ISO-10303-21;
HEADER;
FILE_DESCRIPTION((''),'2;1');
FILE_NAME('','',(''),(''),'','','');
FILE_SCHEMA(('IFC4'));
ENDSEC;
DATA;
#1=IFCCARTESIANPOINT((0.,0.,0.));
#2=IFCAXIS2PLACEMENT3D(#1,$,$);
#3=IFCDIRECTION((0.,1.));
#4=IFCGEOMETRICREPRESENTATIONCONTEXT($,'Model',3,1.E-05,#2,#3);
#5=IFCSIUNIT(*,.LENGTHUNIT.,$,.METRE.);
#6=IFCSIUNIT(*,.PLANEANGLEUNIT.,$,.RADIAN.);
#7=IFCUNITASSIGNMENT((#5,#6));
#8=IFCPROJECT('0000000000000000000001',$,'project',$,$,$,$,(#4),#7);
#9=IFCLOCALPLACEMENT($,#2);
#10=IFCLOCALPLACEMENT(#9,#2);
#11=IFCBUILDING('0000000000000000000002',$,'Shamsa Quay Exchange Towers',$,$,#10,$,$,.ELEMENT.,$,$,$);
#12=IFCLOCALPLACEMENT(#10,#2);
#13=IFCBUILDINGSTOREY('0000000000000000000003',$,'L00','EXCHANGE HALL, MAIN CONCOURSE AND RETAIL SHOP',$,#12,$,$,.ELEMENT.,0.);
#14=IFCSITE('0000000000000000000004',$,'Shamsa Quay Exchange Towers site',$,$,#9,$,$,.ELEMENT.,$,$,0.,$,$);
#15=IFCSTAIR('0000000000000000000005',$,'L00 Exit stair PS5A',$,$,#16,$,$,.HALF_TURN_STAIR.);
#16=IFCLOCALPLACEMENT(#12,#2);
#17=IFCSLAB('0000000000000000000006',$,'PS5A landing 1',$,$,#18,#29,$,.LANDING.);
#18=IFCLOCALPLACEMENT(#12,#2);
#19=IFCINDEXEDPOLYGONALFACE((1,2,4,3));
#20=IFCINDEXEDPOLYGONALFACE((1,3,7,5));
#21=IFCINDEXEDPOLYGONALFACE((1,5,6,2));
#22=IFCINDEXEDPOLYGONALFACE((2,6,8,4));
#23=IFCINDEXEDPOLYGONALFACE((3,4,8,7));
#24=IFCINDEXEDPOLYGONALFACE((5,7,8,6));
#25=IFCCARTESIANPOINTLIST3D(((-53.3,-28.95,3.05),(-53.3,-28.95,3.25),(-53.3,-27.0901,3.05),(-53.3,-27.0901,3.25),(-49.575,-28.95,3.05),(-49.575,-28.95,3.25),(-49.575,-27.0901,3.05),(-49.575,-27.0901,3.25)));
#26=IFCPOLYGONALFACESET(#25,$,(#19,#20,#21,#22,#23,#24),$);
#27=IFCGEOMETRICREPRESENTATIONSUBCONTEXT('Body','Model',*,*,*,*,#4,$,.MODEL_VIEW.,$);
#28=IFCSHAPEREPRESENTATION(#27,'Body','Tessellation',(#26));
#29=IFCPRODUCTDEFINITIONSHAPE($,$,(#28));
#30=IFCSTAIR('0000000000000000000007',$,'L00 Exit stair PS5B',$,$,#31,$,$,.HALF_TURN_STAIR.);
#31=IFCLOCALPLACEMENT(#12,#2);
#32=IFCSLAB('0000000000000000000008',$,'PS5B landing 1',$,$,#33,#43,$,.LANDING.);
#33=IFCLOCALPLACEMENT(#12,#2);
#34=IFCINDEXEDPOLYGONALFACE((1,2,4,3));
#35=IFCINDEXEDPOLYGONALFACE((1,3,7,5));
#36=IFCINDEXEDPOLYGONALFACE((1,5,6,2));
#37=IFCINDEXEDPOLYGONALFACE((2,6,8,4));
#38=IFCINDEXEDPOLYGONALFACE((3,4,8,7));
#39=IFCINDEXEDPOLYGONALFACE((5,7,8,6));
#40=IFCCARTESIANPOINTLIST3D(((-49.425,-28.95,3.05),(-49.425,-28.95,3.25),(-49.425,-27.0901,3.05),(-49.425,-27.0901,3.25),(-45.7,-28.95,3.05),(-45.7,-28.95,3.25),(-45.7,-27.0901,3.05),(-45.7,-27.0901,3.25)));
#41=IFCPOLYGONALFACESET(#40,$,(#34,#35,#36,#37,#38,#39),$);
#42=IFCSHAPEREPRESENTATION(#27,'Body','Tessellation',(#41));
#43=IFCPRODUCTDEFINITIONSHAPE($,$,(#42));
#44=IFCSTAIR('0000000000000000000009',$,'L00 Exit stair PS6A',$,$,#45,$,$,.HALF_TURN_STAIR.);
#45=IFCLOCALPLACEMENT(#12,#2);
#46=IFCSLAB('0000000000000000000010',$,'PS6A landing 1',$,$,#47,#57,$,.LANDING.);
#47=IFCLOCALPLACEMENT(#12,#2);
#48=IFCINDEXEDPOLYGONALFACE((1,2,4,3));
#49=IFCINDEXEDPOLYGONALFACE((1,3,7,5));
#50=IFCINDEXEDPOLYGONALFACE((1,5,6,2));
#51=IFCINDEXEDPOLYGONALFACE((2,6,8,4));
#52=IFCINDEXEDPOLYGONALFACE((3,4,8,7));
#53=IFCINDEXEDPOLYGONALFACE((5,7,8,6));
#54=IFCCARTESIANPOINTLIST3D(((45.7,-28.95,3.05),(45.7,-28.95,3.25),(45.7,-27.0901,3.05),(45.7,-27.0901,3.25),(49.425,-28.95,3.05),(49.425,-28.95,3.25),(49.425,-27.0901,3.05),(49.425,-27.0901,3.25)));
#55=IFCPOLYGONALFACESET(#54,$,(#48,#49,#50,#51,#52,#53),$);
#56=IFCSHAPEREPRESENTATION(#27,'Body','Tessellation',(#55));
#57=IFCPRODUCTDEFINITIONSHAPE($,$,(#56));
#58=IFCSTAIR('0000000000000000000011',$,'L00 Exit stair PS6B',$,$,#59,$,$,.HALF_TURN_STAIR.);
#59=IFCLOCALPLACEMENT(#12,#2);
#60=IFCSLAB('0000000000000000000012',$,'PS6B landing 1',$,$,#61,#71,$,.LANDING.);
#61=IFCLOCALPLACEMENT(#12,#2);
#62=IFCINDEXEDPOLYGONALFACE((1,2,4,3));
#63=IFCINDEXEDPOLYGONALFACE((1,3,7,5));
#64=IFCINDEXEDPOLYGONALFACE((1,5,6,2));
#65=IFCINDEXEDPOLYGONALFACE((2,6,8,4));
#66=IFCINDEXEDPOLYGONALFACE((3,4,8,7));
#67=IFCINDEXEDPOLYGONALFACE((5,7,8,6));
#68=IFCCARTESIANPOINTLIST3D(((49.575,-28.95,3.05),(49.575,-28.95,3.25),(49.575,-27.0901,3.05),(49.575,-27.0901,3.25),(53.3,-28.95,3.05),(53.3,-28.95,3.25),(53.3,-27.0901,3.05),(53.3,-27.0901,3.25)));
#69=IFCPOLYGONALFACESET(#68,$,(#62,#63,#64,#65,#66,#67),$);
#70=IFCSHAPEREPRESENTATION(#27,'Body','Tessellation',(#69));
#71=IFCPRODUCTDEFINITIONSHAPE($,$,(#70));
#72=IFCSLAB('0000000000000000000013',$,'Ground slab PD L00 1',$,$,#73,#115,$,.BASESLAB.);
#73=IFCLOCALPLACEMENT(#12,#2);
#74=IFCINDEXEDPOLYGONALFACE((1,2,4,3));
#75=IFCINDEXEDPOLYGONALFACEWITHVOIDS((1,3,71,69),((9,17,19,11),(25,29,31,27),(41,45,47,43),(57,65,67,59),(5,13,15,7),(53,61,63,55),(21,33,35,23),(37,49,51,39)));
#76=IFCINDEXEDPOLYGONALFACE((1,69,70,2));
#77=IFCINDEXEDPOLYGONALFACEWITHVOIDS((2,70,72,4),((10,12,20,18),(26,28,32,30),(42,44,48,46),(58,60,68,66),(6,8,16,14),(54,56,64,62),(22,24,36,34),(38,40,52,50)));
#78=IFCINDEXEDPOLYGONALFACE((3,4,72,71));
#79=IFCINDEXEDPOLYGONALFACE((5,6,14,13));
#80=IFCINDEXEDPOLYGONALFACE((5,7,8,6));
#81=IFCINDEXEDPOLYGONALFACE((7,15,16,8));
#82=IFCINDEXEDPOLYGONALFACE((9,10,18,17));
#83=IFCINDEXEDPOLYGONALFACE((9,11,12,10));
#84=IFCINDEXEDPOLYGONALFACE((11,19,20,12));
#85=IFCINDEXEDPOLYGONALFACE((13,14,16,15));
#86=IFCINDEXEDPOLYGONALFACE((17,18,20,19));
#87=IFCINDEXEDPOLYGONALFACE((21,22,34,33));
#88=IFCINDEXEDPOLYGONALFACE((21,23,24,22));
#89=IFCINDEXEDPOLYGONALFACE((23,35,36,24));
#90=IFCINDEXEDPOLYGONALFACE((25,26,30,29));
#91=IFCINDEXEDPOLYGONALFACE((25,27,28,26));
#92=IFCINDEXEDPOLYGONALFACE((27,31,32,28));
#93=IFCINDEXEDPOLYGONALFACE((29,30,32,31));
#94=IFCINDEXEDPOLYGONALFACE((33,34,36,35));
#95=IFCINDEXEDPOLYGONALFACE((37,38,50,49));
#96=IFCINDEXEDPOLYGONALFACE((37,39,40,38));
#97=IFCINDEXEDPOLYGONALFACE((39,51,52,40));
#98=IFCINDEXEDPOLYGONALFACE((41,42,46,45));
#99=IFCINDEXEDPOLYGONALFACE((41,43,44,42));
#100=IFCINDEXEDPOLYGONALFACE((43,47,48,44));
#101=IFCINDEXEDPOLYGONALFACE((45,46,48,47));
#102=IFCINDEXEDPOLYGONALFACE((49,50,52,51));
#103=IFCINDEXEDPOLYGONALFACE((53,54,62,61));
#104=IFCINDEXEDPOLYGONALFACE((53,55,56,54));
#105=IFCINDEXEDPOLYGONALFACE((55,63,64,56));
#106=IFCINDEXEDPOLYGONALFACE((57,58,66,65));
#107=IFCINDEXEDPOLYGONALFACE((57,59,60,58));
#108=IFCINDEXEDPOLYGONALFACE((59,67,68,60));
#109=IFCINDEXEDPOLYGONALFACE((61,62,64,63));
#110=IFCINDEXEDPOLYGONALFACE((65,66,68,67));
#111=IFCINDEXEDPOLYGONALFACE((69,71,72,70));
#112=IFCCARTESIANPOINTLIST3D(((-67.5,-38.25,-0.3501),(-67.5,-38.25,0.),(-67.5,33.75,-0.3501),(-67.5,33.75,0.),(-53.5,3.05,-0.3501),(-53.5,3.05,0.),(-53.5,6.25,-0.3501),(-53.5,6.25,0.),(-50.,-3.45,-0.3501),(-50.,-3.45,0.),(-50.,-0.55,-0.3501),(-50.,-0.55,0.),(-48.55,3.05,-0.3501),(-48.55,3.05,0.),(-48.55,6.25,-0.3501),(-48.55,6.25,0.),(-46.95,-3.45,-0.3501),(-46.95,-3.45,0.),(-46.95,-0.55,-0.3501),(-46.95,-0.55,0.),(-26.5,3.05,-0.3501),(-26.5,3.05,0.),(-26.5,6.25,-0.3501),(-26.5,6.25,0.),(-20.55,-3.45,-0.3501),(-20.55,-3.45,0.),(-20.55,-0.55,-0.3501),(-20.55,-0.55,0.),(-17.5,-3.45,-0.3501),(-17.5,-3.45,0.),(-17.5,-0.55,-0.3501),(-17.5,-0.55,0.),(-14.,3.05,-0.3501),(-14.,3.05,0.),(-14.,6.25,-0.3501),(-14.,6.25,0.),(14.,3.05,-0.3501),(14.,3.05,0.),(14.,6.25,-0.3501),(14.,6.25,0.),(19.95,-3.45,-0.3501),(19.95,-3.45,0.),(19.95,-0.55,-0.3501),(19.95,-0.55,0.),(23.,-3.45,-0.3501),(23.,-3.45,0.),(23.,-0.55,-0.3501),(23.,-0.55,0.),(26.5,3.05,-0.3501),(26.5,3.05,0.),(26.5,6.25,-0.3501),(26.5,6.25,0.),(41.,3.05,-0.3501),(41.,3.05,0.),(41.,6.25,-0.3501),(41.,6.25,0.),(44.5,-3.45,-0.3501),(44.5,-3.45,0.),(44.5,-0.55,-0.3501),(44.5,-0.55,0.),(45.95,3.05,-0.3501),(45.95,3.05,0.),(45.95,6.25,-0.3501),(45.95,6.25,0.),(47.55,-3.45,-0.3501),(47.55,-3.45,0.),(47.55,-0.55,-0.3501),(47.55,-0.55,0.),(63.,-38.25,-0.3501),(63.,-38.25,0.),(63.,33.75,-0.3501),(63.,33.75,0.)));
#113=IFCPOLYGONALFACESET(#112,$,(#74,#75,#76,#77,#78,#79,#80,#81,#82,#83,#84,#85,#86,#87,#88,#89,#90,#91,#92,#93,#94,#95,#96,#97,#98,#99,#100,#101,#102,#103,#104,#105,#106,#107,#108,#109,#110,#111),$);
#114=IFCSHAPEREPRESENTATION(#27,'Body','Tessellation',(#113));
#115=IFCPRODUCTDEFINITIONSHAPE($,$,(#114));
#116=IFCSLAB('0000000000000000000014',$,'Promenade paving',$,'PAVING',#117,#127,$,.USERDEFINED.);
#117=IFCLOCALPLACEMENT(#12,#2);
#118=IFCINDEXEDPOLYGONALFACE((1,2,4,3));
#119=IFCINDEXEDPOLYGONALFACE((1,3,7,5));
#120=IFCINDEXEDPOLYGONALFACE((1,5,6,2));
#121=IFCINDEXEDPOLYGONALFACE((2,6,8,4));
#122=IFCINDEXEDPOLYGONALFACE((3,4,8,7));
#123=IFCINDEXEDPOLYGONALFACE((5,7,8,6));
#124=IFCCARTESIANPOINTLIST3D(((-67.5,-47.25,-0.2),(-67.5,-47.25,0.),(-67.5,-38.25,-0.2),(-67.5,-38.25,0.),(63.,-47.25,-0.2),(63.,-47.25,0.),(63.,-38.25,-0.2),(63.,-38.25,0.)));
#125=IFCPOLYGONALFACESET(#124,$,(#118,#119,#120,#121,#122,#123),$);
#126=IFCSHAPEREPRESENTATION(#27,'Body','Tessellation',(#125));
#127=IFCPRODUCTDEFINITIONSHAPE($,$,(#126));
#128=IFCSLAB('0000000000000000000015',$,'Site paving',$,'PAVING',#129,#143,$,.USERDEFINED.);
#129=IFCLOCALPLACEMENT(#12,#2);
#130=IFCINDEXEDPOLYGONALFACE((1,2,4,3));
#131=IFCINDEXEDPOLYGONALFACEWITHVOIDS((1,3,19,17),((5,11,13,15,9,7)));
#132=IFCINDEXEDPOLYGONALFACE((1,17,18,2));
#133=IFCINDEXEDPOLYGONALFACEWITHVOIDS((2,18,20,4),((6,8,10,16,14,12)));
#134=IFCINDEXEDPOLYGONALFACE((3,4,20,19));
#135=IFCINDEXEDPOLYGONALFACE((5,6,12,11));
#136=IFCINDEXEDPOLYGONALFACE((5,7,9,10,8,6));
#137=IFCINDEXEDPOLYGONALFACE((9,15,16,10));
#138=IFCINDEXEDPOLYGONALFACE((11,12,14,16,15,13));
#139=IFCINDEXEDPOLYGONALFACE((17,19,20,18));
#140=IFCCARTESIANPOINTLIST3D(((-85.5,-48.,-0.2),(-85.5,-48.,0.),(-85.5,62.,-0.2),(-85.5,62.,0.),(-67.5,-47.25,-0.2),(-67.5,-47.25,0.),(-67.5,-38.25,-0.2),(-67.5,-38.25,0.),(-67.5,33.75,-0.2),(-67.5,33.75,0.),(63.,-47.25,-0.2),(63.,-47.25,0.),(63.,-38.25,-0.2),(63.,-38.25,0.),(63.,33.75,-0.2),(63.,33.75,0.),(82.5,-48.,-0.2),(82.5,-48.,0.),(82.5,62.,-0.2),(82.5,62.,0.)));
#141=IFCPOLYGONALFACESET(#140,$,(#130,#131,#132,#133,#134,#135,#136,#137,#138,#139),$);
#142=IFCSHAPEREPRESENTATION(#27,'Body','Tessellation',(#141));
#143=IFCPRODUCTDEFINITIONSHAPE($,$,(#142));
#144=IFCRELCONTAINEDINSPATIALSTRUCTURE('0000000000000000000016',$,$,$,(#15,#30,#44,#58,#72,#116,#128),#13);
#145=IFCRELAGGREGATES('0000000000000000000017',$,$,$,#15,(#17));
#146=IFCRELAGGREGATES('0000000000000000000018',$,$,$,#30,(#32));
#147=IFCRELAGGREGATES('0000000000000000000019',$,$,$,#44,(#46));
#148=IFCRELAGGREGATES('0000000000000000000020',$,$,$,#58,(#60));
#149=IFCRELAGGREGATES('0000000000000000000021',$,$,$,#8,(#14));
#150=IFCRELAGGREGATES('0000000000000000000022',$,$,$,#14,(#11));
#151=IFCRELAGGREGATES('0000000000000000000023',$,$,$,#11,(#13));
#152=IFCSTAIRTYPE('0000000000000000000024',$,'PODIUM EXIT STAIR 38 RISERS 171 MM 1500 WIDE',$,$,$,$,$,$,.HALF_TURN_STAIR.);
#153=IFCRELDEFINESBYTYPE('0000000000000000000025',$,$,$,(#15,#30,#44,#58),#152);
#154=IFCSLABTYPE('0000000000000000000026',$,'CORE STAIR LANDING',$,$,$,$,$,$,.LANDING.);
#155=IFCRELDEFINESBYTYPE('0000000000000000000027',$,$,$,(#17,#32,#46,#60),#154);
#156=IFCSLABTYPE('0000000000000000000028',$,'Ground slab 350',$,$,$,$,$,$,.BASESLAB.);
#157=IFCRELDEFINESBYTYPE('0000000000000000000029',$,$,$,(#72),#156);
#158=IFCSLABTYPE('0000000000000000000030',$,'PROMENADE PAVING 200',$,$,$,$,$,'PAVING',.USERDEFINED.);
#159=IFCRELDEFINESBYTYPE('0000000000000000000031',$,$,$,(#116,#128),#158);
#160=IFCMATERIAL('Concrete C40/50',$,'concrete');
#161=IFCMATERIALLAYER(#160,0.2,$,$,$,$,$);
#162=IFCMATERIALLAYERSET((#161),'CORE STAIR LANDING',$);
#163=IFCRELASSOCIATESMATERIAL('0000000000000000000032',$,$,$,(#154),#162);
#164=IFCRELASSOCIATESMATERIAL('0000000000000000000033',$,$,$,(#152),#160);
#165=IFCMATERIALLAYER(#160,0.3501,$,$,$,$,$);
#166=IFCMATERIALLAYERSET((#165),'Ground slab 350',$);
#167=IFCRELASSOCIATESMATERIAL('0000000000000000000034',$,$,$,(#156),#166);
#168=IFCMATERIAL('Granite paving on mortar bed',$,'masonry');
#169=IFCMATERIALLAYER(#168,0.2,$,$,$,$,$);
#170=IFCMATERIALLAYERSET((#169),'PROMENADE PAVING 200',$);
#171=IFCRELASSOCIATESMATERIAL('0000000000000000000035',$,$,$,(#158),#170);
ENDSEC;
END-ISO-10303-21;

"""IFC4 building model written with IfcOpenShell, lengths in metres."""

from ifc_helpers import new_model, si_unit, direction, frame, origin, place, context, subcontext, project, spatial, polyline, outline, extrude, material, layer, layer_set, type_object, element, aggregate, save


model = new_model("IFC4")

# Units and contexts
model_context = context("Model", 3, precision=1e-05, world=origin(), true_north=direction((0.0, 1.0)))
body_context = subcontext(model_context, "Body", "Model", "MODEL_VIEW")
ifc_project = project(units=[si_unit("LENGTHUNIT", "METRE"), si_unit("PLANEANGLEUNIT", "RADIAN")], contexts=[model_context])

# Site, building, storey
site_placement = place(None, origin())
site = spatial("IfcSite", under=ifc_project, at=site_placement, Name="Shamsa Quay Exchange Towers site", CompositionType="ELEMENT", RefElevation=0.0)
building_placement = place(site_placement, origin())
building = spatial("IfcBuilding", under=site, at=building_placement, Name="Shamsa Quay Exchange Towers", CompositionType="ELEMENT")
storey_placement = place(building_placement, origin())
storey = spatial("IfcBuildingStorey", under=building, at=storey_placement, Name="L00", Description="EXCHANGE HALL, MAIN CONCOURSE AND RETAIL SHOP", CompositionType="ELEMENT", Elevation=0.0)

# Shared definitions
ifc_material_1 = material(Name="Concrete C40/50", Category="concrete")

# Shared definitions
ifc_layer_1 = layer(ifc_material_1, 0.2)
ifc_layer_set_1 = layer_set([ifc_layer_1], Name="CORE STAIR LANDING")
slab_type_1 = type_object("IfcSlabType", Name="CORE STAIR LANDING", PredefinedType="LANDING", material=ifc_layer_set_1)

# Stairs, slabs
stair_type_1 = type_object("IfcStairType", Name="PODIUM EXIT STAIR 38 RISERS 171 MM 1500 WIDE", PredefinedType="HALF_TURN_STAIR", material=ifc_material_1)
stair_1_placement = place(storey_placement, origin())
stair_1 = element("IfcStair", 1, at=stair_1_placement, inside=storey, type_object=stair_type_1, Name="L00 Exit stair PS5A", PredefinedType="HALF_TURN_STAIR")
slab_1_placement = place(storey_placement, frame((0.0, 0.0, 3.05)))
slab_1 = element("IfcSlab", 2, at=slab_1_placement, type_object=slab_type_1, Name="PS5A landing 1", PredefinedType="LANDING", context=body_context, shape_type="SweptSolid", body=[
    extrude(outline(polyline([(-53.3, -27.0901), (-53.3, -28.95), (-49.575, -28.95), (-49.575, -27.0901), (-53.3, -27.0901)])), origin(), (0.0, 0.0, 1.0), 0.2),
])
aggregate(stair_1, [slab_1])
stair_2_placement = place(storey_placement, origin())
stair_2 = element("IfcStair", 3, at=stair_2_placement, inside=storey, type_object=stair_type_1, Name="L00 Exit stair PS5B", PredefinedType="HALF_TURN_STAIR")
slab_2_placement = place(storey_placement, frame((0.0, 0.0, 3.05)))
slab_2 = element("IfcSlab", 4, at=slab_2_placement, type_object=slab_type_1, Name="PS5B landing 1", PredefinedType="LANDING", context=body_context, shape_type="SweptSolid", body=[
    extrude(outline(polyline([(-49.425, -27.0901), (-49.425, -28.95), (-45.7, -28.95), (-45.7, -27.0901), (-49.425, -27.0901)])), origin(), (0.0, 0.0, 1.0), 0.2),
])
aggregate(stair_2, [slab_2])
stair_3_placement = place(storey_placement, origin())
stair_3 = element("IfcStair", 5, at=stair_3_placement, inside=storey, type_object=stair_type_1, Name="L00 Exit stair PS6A", PredefinedType="HALF_TURN_STAIR")
slab_3_placement = place(storey_placement, frame((0.0, 0.0, 3.05)))
slab_3 = element("IfcSlab", 6, at=slab_3_placement, type_object=slab_type_1, Name="PS6A landing 1", PredefinedType="LANDING", context=body_context, shape_type="SweptSolid", body=[
    extrude(outline(polyline([(45.7, -27.0901), (45.7, -28.95), (49.425, -28.95), (49.425, -27.0901), (45.7, -27.0901)])), origin(), (0.0, 0.0, 1.0), 0.2),
])
aggregate(stair_3, [slab_3])
stair_4_placement = place(storey_placement, origin())
stair_4 = element("IfcStair", 7, at=stair_4_placement, inside=storey, type_object=stair_type_1, Name="L00 Exit stair PS6B", PredefinedType="HALF_TURN_STAIR")
slab_4_placement = place(storey_placement, frame((0.0, 0.0, 3.05)))
slab_4 = element("IfcSlab", 8, at=slab_4_placement, type_object=slab_type_1, Name="PS6B landing 1", PredefinedType="LANDING", context=body_context, shape_type="SweptSolid", body=[
    extrude(outline(polyline([(49.575, -27.0901), (49.575, -28.95), (53.3, -28.95), (53.3, -27.0901), (49.575, -27.0901)])), origin(), (0.0, 0.0, 1.0), 0.2),
])
aggregate(stair_4, [slab_4])

# Slabs
ifc_layer_2 = layer(ifc_material_1, 0.3501)
ifc_layer_set_2 = layer_set([ifc_layer_2], Name="Ground slab 350")
slab_type_2 = type_object("IfcSlabType", Name="Ground slab 350", PredefinedType="BASESLAB", material=ifc_layer_set_2)
slab_5_placement = place(storey_placement, frame((0.0, 0.0, -0.3501)))
element("IfcSlab", 9, at=slab_5_placement, inside=storey, type_object=slab_type_2, Name="Ground slab PD L00 1", PredefinedType="BASESLAB", context=body_context, shape_type="SweptSolid", body=[
    extrude(outline(polyline([(-67.5, -38.25), (63.0, -38.25), (63.0, 33.75), (-67.5, 33.75), (-67.5, -38.25)]), holes=[polyline([(-46.95, -0.55), (-50.0, -0.55), (-50.0, -3.45), (-46.95, -3.45), (-46.95, -0.55)]), polyline([(-20.55, -3.45), (-17.5, -3.45), (-17.5, -0.55), (-20.55, -0.55), (-20.55, -3.45)]), polyline([(19.95, -3.45), (23.0, -3.45), (23.0, -0.55), (19.95, -0.55), (19.95, -3.45)]), polyline([(47.55, -0.55), (44.5, -0.55), (44.5, -3.45), (47.55, -3.45), (47.55, -0.55)]), polyline([(-48.55, 6.25), (-53.5, 6.25), (-53.5, 3.05), (-48.55, 3.05), (-48.55, 6.25)]), polyline([(-14.0, 3.05), (-14.0, 6.25), (-26.5, 6.25), (-26.5, 3.05), (-14.0, 3.05)]), polyline([(26.5, 3.05), (26.5, 6.25), (14.0, 6.25), (14.0, 3.05), (26.5, 3.05)]), polyline([(45.95, 6.25), (41.0, 6.25), (41.0, 3.05), (45.95, 3.05), (45.95, 6.25)])]), origin(), (0.0, 0.0, 1.0), 0.3501),
])
ifc_material_2 = material(Name="Granite paving on mortar bed", Category="masonry")
ifc_layer_3 = layer(ifc_material_2, 0.2)
ifc_layer_set_3 = layer_set([ifc_layer_3], Name="PROMENADE PAVING 200")
slab_type_3 = type_object("IfcSlabType", Name="PROMENADE PAVING 200", ElementType="PAVING", PredefinedType="USERDEFINED", material=ifc_layer_set_3)
slab_6_placement = place(storey_placement, frame((0.0, 0.0, -0.2)))
element("IfcSlab", 10, at=slab_6_placement, inside=storey, type_object=slab_type_3, Name="Promenade paving", ObjectType="PAVING", PredefinedType="USERDEFINED", context=body_context, shape_type="SweptSolid", body=[
    extrude(outline(polyline([(-67.5, -47.25), (63.0, -47.25), (63.0, -38.25), (-67.5, -38.25), (-67.5, -47.25)])), origin(), (0.0, 0.0, 1.0), 0.2),
])
slab_7_placement = place(storey_placement, frame((0.0, 0.0, -0.2)))
element("IfcSlab", 11, at=slab_7_placement, inside=storey, type_object=slab_type_3, Name="Site paving", ObjectType="PAVING", PredefinedType="USERDEFINED", context=body_context, shape_type="SweptSolid", body=[
    extrude(outline(polyline([(-85.5, 62.0), (82.5, 62.0), (82.5, -48.0), (-85.5, -48.0), (-85.5, 62.0)]), holes=[polyline([(-67.5, 33.75), (-67.5, -38.25), (-67.5, -47.25), (63.0, -47.25), (63.0, -38.25), (63.0, 33.75), (-67.5, 33.75)])]), origin(), (0.0, 0.0, 1.0), 0.2),
])

save(model, "model.ifc")
